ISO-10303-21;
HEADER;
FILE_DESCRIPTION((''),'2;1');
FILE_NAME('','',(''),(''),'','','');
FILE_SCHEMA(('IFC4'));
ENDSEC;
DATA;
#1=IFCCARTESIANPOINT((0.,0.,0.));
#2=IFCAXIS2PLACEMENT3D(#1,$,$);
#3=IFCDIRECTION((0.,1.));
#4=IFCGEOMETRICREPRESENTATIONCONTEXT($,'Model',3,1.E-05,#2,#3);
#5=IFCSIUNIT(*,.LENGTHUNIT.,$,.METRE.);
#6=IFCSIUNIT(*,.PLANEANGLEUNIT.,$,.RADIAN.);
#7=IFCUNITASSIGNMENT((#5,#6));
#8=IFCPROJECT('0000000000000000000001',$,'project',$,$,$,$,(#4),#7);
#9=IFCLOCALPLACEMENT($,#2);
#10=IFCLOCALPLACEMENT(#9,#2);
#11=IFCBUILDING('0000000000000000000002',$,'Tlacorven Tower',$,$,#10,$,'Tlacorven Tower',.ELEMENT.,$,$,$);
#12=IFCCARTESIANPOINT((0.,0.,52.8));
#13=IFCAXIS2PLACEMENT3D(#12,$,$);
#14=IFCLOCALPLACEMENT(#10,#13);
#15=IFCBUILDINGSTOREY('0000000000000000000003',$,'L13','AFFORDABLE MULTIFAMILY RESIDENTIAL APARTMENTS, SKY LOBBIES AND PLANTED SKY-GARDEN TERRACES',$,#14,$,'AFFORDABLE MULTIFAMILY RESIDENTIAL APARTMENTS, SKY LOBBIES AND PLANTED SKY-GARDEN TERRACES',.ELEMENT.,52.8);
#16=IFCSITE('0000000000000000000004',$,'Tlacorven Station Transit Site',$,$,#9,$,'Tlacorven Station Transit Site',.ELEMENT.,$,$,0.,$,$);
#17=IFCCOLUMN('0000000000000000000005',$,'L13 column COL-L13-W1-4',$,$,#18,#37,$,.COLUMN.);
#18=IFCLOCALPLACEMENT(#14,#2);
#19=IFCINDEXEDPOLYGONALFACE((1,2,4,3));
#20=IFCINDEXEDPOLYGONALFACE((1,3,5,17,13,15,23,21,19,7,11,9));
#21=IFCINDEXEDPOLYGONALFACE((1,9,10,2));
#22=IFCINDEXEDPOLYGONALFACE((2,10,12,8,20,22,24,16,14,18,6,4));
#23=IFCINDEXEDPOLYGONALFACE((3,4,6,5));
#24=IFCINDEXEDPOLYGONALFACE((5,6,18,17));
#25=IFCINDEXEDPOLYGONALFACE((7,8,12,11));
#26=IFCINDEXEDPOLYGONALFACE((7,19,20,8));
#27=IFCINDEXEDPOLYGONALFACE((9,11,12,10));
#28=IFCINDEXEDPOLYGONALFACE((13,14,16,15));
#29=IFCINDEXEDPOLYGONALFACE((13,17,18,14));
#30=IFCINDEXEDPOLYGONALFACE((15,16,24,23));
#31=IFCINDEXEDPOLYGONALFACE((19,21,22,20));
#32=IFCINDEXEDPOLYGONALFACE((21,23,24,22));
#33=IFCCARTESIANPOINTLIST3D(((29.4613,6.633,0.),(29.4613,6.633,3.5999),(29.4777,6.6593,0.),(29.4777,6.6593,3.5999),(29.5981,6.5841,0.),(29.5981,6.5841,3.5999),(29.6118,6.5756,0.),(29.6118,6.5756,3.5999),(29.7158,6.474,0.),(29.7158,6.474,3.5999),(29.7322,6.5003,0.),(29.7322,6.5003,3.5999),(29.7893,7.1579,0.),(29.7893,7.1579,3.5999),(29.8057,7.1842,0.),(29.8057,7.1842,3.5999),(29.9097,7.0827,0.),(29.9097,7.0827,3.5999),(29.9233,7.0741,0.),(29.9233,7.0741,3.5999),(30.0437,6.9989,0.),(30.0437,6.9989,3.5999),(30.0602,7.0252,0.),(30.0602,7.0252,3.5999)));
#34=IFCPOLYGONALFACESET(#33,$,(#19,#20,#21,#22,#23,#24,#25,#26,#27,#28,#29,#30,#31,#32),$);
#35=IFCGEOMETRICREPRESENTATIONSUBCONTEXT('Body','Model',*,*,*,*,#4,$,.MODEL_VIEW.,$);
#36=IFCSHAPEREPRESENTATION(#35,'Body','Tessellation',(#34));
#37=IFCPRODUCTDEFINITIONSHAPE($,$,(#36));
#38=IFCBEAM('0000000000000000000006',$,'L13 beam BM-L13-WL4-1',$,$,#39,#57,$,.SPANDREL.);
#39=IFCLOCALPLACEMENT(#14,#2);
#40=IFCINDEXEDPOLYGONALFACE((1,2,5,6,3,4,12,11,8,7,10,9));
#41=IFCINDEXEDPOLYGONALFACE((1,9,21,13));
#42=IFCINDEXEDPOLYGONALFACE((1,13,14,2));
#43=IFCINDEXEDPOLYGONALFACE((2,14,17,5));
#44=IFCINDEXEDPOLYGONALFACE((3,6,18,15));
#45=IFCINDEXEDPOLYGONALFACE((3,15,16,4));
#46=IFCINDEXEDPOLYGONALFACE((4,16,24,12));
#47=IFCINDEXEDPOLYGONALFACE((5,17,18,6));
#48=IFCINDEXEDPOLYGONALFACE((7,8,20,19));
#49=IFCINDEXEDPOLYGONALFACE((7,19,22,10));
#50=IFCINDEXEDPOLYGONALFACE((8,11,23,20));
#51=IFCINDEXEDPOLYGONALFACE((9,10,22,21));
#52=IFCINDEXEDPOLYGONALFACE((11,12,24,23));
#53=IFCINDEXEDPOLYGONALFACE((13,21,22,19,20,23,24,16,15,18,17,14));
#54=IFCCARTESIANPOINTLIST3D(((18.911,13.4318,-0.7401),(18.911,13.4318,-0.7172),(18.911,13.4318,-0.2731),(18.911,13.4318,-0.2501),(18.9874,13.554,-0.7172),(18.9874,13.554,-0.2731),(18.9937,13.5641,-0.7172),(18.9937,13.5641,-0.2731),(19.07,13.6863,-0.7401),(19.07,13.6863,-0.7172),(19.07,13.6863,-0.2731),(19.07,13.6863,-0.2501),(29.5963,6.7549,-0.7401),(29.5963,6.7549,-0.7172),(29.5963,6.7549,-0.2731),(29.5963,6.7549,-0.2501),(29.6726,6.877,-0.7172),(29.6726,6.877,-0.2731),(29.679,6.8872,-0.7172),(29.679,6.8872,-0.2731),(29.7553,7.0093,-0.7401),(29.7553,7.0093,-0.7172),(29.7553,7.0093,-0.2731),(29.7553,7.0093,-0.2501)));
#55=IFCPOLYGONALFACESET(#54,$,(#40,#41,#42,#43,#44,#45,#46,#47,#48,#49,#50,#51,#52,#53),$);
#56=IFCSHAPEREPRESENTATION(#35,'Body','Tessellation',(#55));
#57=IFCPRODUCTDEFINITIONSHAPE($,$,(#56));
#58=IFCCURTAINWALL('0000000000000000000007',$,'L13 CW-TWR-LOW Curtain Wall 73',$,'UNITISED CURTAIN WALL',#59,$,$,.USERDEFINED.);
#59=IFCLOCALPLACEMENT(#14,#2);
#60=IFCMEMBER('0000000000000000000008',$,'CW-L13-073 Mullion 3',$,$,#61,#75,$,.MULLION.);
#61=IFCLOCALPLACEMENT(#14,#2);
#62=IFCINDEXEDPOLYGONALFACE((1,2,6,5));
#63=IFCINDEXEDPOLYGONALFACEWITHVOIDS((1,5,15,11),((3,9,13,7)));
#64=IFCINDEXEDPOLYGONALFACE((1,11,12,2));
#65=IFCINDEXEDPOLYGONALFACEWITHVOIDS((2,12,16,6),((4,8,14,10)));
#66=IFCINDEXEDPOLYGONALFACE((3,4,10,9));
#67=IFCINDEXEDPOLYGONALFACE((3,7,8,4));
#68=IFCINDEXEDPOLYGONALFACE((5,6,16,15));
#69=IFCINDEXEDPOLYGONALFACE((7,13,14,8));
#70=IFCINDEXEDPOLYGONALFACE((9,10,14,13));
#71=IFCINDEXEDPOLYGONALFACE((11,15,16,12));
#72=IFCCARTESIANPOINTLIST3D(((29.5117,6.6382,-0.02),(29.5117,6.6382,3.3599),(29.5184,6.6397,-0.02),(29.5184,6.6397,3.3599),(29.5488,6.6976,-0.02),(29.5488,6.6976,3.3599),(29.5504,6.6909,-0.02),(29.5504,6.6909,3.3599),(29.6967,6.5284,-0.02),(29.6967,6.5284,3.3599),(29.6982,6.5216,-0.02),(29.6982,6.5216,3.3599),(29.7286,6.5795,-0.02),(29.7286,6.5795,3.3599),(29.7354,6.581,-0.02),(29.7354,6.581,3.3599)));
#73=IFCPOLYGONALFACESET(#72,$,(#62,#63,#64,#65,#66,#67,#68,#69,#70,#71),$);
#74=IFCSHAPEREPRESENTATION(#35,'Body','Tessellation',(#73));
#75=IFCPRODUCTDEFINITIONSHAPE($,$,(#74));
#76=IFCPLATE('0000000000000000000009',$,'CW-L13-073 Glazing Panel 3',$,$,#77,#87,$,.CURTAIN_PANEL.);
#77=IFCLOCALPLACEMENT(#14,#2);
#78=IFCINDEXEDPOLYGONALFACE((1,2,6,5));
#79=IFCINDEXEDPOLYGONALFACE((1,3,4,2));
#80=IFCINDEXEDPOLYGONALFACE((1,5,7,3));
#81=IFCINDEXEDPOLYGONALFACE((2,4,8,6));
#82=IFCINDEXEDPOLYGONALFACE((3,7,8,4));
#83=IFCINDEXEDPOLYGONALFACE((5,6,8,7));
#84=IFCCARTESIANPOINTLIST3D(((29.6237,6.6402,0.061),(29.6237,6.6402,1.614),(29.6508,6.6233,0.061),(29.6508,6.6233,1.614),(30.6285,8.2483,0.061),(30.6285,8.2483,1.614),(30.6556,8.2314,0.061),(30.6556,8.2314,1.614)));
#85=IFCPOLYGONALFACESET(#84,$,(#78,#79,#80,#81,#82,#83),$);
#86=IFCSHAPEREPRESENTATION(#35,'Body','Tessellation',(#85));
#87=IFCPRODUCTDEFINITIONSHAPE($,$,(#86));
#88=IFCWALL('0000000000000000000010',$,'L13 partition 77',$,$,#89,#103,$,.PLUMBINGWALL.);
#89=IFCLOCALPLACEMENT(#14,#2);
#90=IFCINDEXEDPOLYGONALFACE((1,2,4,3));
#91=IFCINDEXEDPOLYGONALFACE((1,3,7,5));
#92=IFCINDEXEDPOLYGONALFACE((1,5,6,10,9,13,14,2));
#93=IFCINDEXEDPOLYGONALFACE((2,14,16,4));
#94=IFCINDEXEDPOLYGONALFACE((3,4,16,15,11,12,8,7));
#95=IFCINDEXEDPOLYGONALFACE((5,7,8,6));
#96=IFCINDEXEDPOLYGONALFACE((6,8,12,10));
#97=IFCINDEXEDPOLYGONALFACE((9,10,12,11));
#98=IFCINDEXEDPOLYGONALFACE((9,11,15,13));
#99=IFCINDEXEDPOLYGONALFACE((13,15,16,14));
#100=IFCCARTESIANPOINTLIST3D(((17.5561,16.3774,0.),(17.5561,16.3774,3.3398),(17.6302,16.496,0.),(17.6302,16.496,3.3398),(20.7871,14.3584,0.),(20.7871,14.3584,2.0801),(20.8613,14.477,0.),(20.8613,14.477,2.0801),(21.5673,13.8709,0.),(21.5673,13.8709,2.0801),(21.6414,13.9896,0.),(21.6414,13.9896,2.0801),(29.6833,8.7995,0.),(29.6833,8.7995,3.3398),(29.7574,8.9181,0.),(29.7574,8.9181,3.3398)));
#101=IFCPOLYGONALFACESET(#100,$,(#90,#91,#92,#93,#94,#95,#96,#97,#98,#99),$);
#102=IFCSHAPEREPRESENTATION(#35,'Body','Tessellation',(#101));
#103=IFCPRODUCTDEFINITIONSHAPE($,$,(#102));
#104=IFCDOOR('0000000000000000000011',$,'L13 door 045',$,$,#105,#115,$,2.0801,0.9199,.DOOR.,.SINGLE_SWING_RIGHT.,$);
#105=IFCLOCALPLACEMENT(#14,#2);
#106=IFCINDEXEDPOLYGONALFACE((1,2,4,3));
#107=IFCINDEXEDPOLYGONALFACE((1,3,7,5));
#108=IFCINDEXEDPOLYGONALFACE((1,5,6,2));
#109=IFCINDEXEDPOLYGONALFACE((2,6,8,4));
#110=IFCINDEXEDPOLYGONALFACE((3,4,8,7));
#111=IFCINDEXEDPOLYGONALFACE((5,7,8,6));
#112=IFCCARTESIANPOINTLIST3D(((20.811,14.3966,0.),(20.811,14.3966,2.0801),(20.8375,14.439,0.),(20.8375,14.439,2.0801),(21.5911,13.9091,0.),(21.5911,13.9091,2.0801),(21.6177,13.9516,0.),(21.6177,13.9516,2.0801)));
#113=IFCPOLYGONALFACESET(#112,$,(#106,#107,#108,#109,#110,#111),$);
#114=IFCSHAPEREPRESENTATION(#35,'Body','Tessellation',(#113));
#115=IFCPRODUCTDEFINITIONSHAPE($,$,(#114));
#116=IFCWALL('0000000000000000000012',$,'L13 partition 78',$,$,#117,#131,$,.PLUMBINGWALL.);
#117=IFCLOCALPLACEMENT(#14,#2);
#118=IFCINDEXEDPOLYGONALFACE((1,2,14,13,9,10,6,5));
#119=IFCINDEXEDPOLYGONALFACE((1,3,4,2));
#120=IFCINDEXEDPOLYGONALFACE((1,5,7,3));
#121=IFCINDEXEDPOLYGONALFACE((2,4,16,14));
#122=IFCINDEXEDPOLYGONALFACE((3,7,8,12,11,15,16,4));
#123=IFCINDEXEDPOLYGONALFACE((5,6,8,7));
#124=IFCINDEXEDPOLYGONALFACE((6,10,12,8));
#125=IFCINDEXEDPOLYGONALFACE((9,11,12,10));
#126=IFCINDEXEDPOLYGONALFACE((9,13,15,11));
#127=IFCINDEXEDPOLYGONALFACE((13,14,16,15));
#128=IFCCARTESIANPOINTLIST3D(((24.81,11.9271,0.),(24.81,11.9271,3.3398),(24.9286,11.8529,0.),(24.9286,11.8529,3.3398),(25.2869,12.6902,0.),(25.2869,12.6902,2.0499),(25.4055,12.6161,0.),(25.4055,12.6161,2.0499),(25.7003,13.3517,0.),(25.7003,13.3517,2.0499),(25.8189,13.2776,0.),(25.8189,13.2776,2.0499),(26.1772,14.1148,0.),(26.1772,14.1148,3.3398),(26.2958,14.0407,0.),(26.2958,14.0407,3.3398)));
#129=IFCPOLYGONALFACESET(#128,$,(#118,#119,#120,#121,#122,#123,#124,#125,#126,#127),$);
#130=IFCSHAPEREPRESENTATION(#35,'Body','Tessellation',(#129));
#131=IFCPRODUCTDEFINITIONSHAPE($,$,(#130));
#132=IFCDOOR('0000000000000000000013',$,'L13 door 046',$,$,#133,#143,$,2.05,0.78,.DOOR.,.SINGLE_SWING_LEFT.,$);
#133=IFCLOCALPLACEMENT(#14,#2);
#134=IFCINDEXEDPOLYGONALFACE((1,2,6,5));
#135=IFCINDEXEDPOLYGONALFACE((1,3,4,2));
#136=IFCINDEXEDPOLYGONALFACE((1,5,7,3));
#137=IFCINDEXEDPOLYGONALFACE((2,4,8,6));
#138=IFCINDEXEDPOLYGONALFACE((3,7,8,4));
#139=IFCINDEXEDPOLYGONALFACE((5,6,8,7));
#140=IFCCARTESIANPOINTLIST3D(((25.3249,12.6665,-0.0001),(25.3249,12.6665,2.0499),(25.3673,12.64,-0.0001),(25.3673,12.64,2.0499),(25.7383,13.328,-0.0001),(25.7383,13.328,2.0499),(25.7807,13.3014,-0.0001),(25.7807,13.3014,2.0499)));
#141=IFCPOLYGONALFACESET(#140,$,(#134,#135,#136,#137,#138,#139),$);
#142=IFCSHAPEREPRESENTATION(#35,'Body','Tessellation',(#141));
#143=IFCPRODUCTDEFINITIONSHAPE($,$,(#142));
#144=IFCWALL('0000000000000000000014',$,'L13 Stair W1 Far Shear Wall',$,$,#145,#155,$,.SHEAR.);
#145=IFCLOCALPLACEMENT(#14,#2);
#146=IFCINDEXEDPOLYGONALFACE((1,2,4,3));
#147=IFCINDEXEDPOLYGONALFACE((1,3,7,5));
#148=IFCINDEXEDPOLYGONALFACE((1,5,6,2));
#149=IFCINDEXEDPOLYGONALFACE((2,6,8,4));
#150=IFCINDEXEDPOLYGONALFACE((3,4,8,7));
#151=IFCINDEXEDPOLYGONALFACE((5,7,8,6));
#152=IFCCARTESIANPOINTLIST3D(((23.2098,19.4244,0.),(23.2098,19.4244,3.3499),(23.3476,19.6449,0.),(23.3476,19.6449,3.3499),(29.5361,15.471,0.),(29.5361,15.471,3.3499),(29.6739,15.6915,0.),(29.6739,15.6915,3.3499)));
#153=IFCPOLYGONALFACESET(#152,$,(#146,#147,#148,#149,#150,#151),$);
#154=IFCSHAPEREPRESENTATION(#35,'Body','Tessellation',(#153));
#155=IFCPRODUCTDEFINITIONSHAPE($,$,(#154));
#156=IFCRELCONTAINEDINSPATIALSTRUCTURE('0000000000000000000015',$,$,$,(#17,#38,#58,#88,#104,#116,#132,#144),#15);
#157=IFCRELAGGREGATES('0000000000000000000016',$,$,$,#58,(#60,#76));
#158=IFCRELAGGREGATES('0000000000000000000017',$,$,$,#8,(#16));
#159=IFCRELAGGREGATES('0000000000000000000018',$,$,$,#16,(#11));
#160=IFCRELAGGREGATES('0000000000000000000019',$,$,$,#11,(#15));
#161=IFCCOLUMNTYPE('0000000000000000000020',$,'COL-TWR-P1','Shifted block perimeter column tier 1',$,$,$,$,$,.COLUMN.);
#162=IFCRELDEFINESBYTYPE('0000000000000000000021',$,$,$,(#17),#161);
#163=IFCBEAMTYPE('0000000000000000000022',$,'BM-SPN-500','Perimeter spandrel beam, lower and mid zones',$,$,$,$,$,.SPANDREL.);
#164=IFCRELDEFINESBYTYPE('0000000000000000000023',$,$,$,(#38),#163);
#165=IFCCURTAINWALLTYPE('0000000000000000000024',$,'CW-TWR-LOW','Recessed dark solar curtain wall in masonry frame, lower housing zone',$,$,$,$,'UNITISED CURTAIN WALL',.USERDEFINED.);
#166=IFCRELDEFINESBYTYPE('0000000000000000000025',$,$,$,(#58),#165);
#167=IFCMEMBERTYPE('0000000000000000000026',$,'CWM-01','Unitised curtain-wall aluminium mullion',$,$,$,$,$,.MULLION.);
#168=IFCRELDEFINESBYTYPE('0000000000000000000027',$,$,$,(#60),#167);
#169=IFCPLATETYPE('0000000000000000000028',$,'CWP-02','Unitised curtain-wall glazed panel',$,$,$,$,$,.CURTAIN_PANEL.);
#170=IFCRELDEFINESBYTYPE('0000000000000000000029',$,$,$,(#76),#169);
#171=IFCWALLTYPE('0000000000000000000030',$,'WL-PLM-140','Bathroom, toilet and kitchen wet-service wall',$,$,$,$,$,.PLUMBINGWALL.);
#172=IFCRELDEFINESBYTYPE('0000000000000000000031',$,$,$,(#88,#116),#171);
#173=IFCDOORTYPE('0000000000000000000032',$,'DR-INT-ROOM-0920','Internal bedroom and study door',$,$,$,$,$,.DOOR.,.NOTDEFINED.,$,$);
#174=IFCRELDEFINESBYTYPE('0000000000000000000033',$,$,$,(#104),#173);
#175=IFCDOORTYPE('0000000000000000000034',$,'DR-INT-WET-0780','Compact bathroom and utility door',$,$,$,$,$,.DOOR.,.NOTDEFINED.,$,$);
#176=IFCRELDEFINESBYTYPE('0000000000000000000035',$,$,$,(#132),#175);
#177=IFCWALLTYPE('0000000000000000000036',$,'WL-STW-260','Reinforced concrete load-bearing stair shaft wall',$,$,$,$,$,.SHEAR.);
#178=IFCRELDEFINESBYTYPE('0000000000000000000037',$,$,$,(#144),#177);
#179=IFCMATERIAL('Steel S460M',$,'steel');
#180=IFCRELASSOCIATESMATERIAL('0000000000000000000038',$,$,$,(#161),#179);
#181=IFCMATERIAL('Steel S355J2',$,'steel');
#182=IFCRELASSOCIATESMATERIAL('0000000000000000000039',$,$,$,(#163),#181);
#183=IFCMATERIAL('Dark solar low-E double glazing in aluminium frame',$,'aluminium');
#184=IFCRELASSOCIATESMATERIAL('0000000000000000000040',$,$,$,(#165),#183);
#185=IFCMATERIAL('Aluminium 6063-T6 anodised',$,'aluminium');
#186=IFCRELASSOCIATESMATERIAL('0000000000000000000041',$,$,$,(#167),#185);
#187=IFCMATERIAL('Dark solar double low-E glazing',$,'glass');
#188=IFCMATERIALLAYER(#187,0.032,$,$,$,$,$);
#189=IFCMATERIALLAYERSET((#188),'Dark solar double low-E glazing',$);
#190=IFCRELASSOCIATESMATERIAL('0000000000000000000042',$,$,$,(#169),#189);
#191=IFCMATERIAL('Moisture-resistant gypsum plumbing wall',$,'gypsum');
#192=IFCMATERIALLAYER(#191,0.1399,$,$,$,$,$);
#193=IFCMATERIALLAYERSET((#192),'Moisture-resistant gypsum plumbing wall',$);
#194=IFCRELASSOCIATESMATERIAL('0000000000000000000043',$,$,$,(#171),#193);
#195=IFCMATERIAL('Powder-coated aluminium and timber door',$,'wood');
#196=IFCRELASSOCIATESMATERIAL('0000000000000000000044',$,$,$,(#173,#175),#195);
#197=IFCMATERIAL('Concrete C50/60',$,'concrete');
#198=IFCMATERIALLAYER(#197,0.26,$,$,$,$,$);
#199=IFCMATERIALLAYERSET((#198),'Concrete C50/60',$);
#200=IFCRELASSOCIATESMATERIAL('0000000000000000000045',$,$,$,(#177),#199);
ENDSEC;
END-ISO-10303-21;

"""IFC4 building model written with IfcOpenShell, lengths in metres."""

from ifc_helpers import new_model, si_unit, direction, frame, frame_2d, origin, origin_2d, place, context, subcontext, project, spatial, rectangle, hollow_rectangle, i_section, extrude, source, transform, mapped, material, layer, layer_set, material_profile, profile_set, type_object, element, fill, aggregate, save


model = new_model("IFC4")

# Units and contexts
model_context = context("Model", 3, precision=1e-05, world=origin(), true_north=direction((0.0, 1.0)))
body_context = subcontext(model_context, "Body", "Model", "MODEL_VIEW")
ifc_project = project(units=[si_unit("LENGTHUNIT", "METRE"), si_unit("PLANEANGLEUNIT", "RADIAN")], contexts=[model_context])

# Site, building, storey
site_placement = place(None, origin())
site = spatial("IfcSite", under=ifc_project, at=site_placement, Name="Tlacorven Station Transit Site", LongName="Tlacorven Station Transit Site", CompositionType="ELEMENT", RefElevation=0.0)
building_placement = place(site_placement, origin())
building = spatial("IfcBuilding", under=site, at=building_placement, Name="Tlacorven Tower", LongName="Tlacorven Tower", CompositionType="ELEMENT")
storey_placement = place(building_placement, frame((0.0, 0.0, 52.8)))
storey = spatial("IfcBuildingStorey", under=building, at=storey_placement, Name="L13", Description="AFFORDABLE MULTIFAMILY RESIDENTIAL APARTMENTS, SKY LOBBIES AND PLANTED SKY-GARDEN TERRACES", LongName="AFFORDABLE MULTIFAMILY RESIDENTIAL APARTMENTS, SKY LOBBIES AND PLANTED SKY-GARDEN TERRACES", CompositionType="ELEMENT", Elevation=52.8)

# Column
ifc_material_1 = material(Name="Steel S460M", Category="steel")
ifc_material_profile_1 = material_profile(ifc_material_1, i_section(OverallWidth=0.3, OverallDepth=0.6499, WebThickness=0.0161, FlangeThickness=0.031, at=origin_2d()), Name="HEB 650")
ifc_profile_set_1 = profile_set([ifc_material_profile_1], Name="Steel S460M")
column_type = type_object("IfcColumnType", Name="COL-TWR-P1", Description="Shifted block perimeter column tier 1", PredefinedType="COLUMN", material=ifc_profile_set_1)
shared_shape_1 = source(origin(), body_context, "Body", "SweptSolid", [
    extrude(i_section(OverallWidth=0.3, OverallDepth=0.6499, WebThickness=0.0161, FlangeThickness=0.031, at=origin_2d()), origin(), (0.0, 0.0, 1.0), 3.5999),
])
column_placement = place(storey_placement, frame((29.7607, 6.8291, 0.0), z_axis=(0.0, 0.0, 1.0), x_axis=(-0.848048, 0.529919, 0.0)))
element("IfcColumn", 1, at=column_placement, inside=storey, type_object=column_type, Name="L13 column COL-L13-W1-4", PredefinedType="COLUMN", context=body_context, shape_type="MappedRepresentation", body=[
    mapped(shared_shape_1, transform((0.0, 0.0, 0.0), scale=1.0)),
])

# Beam
ifc_material_2 = material(Name="Steel S355J2", Category="steel")
ifc_material_profile_2 = material_profile(ifc_material_2, i_section(OverallWidth=0.3, OverallDepth=0.49, WebThickness=0.012, FlangeThickness=0.0229, at=origin_2d()), Name="HEA 500")
ifc_profile_set_2 = profile_set([ifc_material_profile_2], Name="Steel S355J2")
beam_type = type_object("IfcBeamType", Name="BM-SPN-500", Description="Perimeter spandrel beam, lower and mid zones", PredefinedType="SPANDREL", material=ifc_profile_set_2)
shared_shape_2 = source(origin(), body_context, "Body", "SweptSolid", [
    extrude(i_section(OverallWidth=0.3, OverallDepth=0.49, WebThickness=0.012, FlangeThickness=0.0229, at=origin_2d()), origin(), (0.0, 0.0, 1.0), 12.5999),
])
beam_placement = place(storey_placement, frame((29.6758, 6.8821, -0.4951), z_axis=(-0.848045, 0.529924, 0.0), x_axis=(-0.529924, -0.848045, 0.0)))
element("IfcBeam", 2, at=beam_placement, inside=storey, type_object=beam_type, Name="L13 beam BM-L13-WL4-1", PredefinedType="SPANDREL", context=body_context, shape_type="MappedRepresentation", body=[
    mapped(shared_shape_2, transform((0.0, 0.0, 0.0), scale=1.0)),
])

# Curtain wall, member, plate
ifc_material_3 = material(Name="Dark solar low-E double glazing in aluminium frame", Category="aluminium")
curtain_wall_type = type_object("IfcCurtainWallType", Name="CW-TWR-LOW", Description="Recessed dark solar curtain wall in masonry frame, lower housing zone", ElementType="UNITISED CURTAIN WALL", PredefinedType="USERDEFINED", material=ifc_material_3)
curtain_wall_placement = place(storey_placement, origin())
curtain_wall = element("IfcCurtainWall", 3, at=curtain_wall_placement, inside=storey, type_object=curtain_wall_type, Name="L13 CW-TWR-LOW Curtain Wall 73", ObjectType="UNITISED CURTAIN WALL", PredefinedType="USERDEFINED")
ifc_material_4 = material(Name="Aluminium 6063-T6 anodised", Category="aluminium")
ifc_material_profile_3 = material_profile(ifc_material_4, hollow_rectangle(XDim=0.0701, YDim=0.22, WallThickness=0.0049, at=origin_2d()), Name="ALU MULLION 70X220")
ifc_profile_set_3 = profile_set([ifc_material_profile_3], Name="Aluminium 6063-T6 anodised")
member_type = type_object("IfcMemberType", Name="CWM-01", Description="Unitised curtain-wall aluminium mullion", PredefinedType="MULLION", material=ifc_profile_set_3)
shared_shape_3 = source(origin(), body_context, "Body", "SweptSolid", [
    extrude(hollow_rectangle(XDim=0.0701, YDim=0.22, WallThickness=0.0049, at=origin_2d()), origin(), (0.0, 0.0, 1.0), 3.3799),
])
member_placement = place(storey_placement, frame((29.6235, 6.6096, -0.02), z_axis=(0.0, 0.0, 1.0), x_axis=(-0.529919, -0.848048, 0.0)))
member = element("IfcMember", 4, at=member_placement, type_object=member_type, Name="CW-L13-073 Mullion 3", PredefinedType="MULLION", context=body_context, shape_type="MappedRepresentation", body=[
    mapped(shared_shape_3, transform((0.0, 0.0, 0.0), scale=1.0)),
])
ifc_material_5 = material(Name="Dark solar double low-E glazing", Category="glass")
ifc_layer_1 = layer(ifc_material_5, 0.032)
ifc_layer_set_1 = layer_set([ifc_layer_1], Name="Dark solar double low-E glazing")
plate_type = type_object("IfcPlateType", Name="CWP-02", Description="Unitised curtain-wall glazed panel", PredefinedType="CURTAIN_PANEL", material=ifc_layer_set_1)
shared_shape_4 = source(origin(), body_context, "Body", "SweptSolid", [
    extrude(rectangle(XDim=1.8962, YDim=0.032, at=origin_2d()), origin(), (0.0, 0.0, 1.0), 1.553),
])
plate_placement = place(storey_placement, frame((30.1396, 7.4358, 0.061), z_axis=(0.0, 0.0, 1.0), x_axis=(-0.529919, -0.848048, 0.0)))
plate = element("IfcPlate", 5, at=plate_placement, type_object=plate_type, Name="CW-L13-073 Glazing Panel 3", PredefinedType="CURTAIN_PANEL", context=body_context, shape_type="MappedRepresentation", body=[
    mapped(shared_shape_4, transform((0.0, 0.0, 0.0), scale=1.0)),
])
aggregate(curtain_wall, [member, plate])

# Shared definitions
ifc_material_6 = material(Name="Powder-coated aluminium and timber door", Category="wood")

# Walls, openings, doors
ifc_material_7 = material(Name="Moisture-resistant gypsum plumbing wall", Category="gypsum")
ifc_layer_2 = layer(ifc_material_7, 0.1399)
ifc_layer_set_2 = layer_set([ifc_layer_2], Name="Moisture-resistant gypsum plumbing wall")
wall_type_1 = type_object("IfcWallType", Name="WL-PLM-140", Description="Bathroom, toilet and kitchen wet-service wall", PredefinedType="PLUMBINGWALL", material=ifc_layer_set_2)
wall_1_placement = place(storey_placement, frame((29.7202, 8.8589, 0.0), z_axis=(0.0, 0.0, 1.0), x_axis=(-0.848049, 0.529918, 0.0)))
wall_1 = element("IfcWall", 6, at=wall_1_placement, inside=storey, type_object=wall_type_1, Name="L13 partition 77", PredefinedType="PLUMBINGWALL", context=body_context, shape_type="SweptSolid", body=[
    extrude(rectangle(XDim=14.3, YDim=0.1399, at=frame_2d((7.1499, 0.0))), origin(), (0.0, 0.0, 1.0), 3.3398),
])
opening_1_placement = place(wall_1_placement, frame((9.5701, 0.0, 0.0)))
opening_1 = element("IfcOpeningElement", 7, at=opening_1_placement, cuts=wall_1, PredefinedType="OPENING", context=body_context, shape_type="SweptSolid", body=[
    extrude(rectangle(XDim=0.9199, YDim=2.0801, at=frame_2d((0.46, 1.04))), frame((0.0, 0.0801, 0.0), z_axis=(0.0, -1.0, 0.0), x_axis=(1.0, 0.0, 0.0)), (0.0, 0.0, 1.0), 0.1599),
])
door_type_1 = type_object("IfcDoorType", Name="DR-INT-ROOM-0920", Description="Internal bedroom and study door", OperationType="NOTDEFINED", PredefinedType="DOOR", material=ifc_material_6)
shared_shape_5 = source(origin(), body_context, "Body", "SweptSolid", [
    extrude(rectangle(XDim=0.9199, YDim=2.0801, at=frame_2d((0.46, 1.04))), frame((0.0, 0.0249, 0.0), z_axis=(0.0, -1.0, 0.0), x_axis=(1.0, 0.0, 0.0)), (0.0, 0.0, 1.0), 0.05),
])
door_1_placement = place(opening_1_placement, origin())
door_1 = element("IfcDoor", 8, at=door_1_placement, inside=storey, type_object=door_type_1, Name="L13 door 045", OperationType="SINGLE_SWING_RIGHT", OverallHeight=2.0801, OverallWidth=0.9199, PredefinedType="DOOR", context=body_context, shape_type="MappedRepresentation", body=[
    mapped(shared_shape_5, transform((0.0, 0.0, 0.0), scale=1.0)),
])
fill(opening_1, door_1)
wall_2_placement = place(storey_placement, frame((26.2366, 14.0779, 0.0), z_axis=(0.0, 0.0, 1.0), x_axis=(-0.529956, -0.848025, 0.0)))
wall_2 = element("IfcWall", 9, at=wall_2_placement, inside=storey, type_object=wall_type_1, Name="L13 partition 78", PredefinedType="PLUMBINGWALL", context=body_context, shape_type="SweptSolid", body=[
    extrude(rectangle(XDim=2.5798, YDim=0.1399, at=frame_2d((1.29, 0.0))), origin(), (0.0, 0.0, 1.0), 3.3398),
])
opening_2_placement = place(wall_2_placement, frame((0.8999, 0.0, 0.0)))
opening_2 = element("IfcOpeningElement", 10, at=opening_2_placement, cuts=wall_2, PredefinedType="OPENING", context=body_context, shape_type="SweptSolid", body=[
    extrude(rectangle(XDim=0.78, YDim=2.05, at=frame_2d((0.3901, 1.0249))), frame((0.0, 0.0801, 0.0), z_axis=(0.0, -1.0, 0.0), x_axis=(1.0, 0.0, 0.0)), (0.0, 0.0, 1.0), 0.1599),
])
door_type_2 = type_object("IfcDoorType", Name="DR-INT-WET-0780", Description="Compact bathroom and utility door", OperationType="NOTDEFINED", PredefinedType="DOOR", material=ifc_material_6)
shared_shape_6 = source(origin(), body_context, "Body", "SweptSolid", [
    extrude(rectangle(XDim=0.78, YDim=2.05, at=frame_2d((0.3901, 1.0249))), frame((0.0, 0.0249, 0.0), z_axis=(0.0, -1.0, 0.0), x_axis=(1.0, 0.0, 0.0)), (0.0, 0.0, 1.0), 0.05),
])
door_2_placement = place(opening_2_placement, origin())
door_2 = element("IfcDoor", 11, at=door_2_placement, inside=storey, type_object=door_type_2, Name="L13 door 046", OperationType="SINGLE_SWING_LEFT", OverallHeight=2.05, OverallWidth=0.78, PredefinedType="DOOR", context=body_context, shape_type="MappedRepresentation", body=[
    mapped(shared_shape_6, transform((0.0, 0.0, 0.0), scale=1.0)),
])
fill(opening_2, door_2)

# Wall
ifc_material_8 = material(Name="Concrete C50/60", Category="concrete")
ifc_layer_3 = layer(ifc_material_8, 0.26)
ifc_layer_set_3 = layer_set([ifc_layer_3], Name="Concrete C50/60")
wall_type_2 = type_object("IfcWallType", Name="WL-STW-260", Description="Reinforced concrete load-bearing stair shaft wall", PredefinedType="SHEAR", material=ifc_layer_set_3)
wall_3_placement = place(storey_placement, frame((29.605, 15.5813, 0.0), z_axis=(0.0, 0.0, 1.0), x_axis=(-0.848037, 0.529937, 0.0)))
element("IfcWall", 12, at=wall_3_placement, inside=storey, type_object=wall_type_2, Name="L13 Stair W1 Far Shear Wall", PredefinedType="SHEAR", context=body_context, shape_type="SweptSolid", body=[
    extrude(rectangle(XDim=7.46, YDim=0.26, at=frame_2d((3.73, 0.0))), origin(), (0.0, 0.0, 1.0), 3.3499),
])

save(model, "model.ifc")
